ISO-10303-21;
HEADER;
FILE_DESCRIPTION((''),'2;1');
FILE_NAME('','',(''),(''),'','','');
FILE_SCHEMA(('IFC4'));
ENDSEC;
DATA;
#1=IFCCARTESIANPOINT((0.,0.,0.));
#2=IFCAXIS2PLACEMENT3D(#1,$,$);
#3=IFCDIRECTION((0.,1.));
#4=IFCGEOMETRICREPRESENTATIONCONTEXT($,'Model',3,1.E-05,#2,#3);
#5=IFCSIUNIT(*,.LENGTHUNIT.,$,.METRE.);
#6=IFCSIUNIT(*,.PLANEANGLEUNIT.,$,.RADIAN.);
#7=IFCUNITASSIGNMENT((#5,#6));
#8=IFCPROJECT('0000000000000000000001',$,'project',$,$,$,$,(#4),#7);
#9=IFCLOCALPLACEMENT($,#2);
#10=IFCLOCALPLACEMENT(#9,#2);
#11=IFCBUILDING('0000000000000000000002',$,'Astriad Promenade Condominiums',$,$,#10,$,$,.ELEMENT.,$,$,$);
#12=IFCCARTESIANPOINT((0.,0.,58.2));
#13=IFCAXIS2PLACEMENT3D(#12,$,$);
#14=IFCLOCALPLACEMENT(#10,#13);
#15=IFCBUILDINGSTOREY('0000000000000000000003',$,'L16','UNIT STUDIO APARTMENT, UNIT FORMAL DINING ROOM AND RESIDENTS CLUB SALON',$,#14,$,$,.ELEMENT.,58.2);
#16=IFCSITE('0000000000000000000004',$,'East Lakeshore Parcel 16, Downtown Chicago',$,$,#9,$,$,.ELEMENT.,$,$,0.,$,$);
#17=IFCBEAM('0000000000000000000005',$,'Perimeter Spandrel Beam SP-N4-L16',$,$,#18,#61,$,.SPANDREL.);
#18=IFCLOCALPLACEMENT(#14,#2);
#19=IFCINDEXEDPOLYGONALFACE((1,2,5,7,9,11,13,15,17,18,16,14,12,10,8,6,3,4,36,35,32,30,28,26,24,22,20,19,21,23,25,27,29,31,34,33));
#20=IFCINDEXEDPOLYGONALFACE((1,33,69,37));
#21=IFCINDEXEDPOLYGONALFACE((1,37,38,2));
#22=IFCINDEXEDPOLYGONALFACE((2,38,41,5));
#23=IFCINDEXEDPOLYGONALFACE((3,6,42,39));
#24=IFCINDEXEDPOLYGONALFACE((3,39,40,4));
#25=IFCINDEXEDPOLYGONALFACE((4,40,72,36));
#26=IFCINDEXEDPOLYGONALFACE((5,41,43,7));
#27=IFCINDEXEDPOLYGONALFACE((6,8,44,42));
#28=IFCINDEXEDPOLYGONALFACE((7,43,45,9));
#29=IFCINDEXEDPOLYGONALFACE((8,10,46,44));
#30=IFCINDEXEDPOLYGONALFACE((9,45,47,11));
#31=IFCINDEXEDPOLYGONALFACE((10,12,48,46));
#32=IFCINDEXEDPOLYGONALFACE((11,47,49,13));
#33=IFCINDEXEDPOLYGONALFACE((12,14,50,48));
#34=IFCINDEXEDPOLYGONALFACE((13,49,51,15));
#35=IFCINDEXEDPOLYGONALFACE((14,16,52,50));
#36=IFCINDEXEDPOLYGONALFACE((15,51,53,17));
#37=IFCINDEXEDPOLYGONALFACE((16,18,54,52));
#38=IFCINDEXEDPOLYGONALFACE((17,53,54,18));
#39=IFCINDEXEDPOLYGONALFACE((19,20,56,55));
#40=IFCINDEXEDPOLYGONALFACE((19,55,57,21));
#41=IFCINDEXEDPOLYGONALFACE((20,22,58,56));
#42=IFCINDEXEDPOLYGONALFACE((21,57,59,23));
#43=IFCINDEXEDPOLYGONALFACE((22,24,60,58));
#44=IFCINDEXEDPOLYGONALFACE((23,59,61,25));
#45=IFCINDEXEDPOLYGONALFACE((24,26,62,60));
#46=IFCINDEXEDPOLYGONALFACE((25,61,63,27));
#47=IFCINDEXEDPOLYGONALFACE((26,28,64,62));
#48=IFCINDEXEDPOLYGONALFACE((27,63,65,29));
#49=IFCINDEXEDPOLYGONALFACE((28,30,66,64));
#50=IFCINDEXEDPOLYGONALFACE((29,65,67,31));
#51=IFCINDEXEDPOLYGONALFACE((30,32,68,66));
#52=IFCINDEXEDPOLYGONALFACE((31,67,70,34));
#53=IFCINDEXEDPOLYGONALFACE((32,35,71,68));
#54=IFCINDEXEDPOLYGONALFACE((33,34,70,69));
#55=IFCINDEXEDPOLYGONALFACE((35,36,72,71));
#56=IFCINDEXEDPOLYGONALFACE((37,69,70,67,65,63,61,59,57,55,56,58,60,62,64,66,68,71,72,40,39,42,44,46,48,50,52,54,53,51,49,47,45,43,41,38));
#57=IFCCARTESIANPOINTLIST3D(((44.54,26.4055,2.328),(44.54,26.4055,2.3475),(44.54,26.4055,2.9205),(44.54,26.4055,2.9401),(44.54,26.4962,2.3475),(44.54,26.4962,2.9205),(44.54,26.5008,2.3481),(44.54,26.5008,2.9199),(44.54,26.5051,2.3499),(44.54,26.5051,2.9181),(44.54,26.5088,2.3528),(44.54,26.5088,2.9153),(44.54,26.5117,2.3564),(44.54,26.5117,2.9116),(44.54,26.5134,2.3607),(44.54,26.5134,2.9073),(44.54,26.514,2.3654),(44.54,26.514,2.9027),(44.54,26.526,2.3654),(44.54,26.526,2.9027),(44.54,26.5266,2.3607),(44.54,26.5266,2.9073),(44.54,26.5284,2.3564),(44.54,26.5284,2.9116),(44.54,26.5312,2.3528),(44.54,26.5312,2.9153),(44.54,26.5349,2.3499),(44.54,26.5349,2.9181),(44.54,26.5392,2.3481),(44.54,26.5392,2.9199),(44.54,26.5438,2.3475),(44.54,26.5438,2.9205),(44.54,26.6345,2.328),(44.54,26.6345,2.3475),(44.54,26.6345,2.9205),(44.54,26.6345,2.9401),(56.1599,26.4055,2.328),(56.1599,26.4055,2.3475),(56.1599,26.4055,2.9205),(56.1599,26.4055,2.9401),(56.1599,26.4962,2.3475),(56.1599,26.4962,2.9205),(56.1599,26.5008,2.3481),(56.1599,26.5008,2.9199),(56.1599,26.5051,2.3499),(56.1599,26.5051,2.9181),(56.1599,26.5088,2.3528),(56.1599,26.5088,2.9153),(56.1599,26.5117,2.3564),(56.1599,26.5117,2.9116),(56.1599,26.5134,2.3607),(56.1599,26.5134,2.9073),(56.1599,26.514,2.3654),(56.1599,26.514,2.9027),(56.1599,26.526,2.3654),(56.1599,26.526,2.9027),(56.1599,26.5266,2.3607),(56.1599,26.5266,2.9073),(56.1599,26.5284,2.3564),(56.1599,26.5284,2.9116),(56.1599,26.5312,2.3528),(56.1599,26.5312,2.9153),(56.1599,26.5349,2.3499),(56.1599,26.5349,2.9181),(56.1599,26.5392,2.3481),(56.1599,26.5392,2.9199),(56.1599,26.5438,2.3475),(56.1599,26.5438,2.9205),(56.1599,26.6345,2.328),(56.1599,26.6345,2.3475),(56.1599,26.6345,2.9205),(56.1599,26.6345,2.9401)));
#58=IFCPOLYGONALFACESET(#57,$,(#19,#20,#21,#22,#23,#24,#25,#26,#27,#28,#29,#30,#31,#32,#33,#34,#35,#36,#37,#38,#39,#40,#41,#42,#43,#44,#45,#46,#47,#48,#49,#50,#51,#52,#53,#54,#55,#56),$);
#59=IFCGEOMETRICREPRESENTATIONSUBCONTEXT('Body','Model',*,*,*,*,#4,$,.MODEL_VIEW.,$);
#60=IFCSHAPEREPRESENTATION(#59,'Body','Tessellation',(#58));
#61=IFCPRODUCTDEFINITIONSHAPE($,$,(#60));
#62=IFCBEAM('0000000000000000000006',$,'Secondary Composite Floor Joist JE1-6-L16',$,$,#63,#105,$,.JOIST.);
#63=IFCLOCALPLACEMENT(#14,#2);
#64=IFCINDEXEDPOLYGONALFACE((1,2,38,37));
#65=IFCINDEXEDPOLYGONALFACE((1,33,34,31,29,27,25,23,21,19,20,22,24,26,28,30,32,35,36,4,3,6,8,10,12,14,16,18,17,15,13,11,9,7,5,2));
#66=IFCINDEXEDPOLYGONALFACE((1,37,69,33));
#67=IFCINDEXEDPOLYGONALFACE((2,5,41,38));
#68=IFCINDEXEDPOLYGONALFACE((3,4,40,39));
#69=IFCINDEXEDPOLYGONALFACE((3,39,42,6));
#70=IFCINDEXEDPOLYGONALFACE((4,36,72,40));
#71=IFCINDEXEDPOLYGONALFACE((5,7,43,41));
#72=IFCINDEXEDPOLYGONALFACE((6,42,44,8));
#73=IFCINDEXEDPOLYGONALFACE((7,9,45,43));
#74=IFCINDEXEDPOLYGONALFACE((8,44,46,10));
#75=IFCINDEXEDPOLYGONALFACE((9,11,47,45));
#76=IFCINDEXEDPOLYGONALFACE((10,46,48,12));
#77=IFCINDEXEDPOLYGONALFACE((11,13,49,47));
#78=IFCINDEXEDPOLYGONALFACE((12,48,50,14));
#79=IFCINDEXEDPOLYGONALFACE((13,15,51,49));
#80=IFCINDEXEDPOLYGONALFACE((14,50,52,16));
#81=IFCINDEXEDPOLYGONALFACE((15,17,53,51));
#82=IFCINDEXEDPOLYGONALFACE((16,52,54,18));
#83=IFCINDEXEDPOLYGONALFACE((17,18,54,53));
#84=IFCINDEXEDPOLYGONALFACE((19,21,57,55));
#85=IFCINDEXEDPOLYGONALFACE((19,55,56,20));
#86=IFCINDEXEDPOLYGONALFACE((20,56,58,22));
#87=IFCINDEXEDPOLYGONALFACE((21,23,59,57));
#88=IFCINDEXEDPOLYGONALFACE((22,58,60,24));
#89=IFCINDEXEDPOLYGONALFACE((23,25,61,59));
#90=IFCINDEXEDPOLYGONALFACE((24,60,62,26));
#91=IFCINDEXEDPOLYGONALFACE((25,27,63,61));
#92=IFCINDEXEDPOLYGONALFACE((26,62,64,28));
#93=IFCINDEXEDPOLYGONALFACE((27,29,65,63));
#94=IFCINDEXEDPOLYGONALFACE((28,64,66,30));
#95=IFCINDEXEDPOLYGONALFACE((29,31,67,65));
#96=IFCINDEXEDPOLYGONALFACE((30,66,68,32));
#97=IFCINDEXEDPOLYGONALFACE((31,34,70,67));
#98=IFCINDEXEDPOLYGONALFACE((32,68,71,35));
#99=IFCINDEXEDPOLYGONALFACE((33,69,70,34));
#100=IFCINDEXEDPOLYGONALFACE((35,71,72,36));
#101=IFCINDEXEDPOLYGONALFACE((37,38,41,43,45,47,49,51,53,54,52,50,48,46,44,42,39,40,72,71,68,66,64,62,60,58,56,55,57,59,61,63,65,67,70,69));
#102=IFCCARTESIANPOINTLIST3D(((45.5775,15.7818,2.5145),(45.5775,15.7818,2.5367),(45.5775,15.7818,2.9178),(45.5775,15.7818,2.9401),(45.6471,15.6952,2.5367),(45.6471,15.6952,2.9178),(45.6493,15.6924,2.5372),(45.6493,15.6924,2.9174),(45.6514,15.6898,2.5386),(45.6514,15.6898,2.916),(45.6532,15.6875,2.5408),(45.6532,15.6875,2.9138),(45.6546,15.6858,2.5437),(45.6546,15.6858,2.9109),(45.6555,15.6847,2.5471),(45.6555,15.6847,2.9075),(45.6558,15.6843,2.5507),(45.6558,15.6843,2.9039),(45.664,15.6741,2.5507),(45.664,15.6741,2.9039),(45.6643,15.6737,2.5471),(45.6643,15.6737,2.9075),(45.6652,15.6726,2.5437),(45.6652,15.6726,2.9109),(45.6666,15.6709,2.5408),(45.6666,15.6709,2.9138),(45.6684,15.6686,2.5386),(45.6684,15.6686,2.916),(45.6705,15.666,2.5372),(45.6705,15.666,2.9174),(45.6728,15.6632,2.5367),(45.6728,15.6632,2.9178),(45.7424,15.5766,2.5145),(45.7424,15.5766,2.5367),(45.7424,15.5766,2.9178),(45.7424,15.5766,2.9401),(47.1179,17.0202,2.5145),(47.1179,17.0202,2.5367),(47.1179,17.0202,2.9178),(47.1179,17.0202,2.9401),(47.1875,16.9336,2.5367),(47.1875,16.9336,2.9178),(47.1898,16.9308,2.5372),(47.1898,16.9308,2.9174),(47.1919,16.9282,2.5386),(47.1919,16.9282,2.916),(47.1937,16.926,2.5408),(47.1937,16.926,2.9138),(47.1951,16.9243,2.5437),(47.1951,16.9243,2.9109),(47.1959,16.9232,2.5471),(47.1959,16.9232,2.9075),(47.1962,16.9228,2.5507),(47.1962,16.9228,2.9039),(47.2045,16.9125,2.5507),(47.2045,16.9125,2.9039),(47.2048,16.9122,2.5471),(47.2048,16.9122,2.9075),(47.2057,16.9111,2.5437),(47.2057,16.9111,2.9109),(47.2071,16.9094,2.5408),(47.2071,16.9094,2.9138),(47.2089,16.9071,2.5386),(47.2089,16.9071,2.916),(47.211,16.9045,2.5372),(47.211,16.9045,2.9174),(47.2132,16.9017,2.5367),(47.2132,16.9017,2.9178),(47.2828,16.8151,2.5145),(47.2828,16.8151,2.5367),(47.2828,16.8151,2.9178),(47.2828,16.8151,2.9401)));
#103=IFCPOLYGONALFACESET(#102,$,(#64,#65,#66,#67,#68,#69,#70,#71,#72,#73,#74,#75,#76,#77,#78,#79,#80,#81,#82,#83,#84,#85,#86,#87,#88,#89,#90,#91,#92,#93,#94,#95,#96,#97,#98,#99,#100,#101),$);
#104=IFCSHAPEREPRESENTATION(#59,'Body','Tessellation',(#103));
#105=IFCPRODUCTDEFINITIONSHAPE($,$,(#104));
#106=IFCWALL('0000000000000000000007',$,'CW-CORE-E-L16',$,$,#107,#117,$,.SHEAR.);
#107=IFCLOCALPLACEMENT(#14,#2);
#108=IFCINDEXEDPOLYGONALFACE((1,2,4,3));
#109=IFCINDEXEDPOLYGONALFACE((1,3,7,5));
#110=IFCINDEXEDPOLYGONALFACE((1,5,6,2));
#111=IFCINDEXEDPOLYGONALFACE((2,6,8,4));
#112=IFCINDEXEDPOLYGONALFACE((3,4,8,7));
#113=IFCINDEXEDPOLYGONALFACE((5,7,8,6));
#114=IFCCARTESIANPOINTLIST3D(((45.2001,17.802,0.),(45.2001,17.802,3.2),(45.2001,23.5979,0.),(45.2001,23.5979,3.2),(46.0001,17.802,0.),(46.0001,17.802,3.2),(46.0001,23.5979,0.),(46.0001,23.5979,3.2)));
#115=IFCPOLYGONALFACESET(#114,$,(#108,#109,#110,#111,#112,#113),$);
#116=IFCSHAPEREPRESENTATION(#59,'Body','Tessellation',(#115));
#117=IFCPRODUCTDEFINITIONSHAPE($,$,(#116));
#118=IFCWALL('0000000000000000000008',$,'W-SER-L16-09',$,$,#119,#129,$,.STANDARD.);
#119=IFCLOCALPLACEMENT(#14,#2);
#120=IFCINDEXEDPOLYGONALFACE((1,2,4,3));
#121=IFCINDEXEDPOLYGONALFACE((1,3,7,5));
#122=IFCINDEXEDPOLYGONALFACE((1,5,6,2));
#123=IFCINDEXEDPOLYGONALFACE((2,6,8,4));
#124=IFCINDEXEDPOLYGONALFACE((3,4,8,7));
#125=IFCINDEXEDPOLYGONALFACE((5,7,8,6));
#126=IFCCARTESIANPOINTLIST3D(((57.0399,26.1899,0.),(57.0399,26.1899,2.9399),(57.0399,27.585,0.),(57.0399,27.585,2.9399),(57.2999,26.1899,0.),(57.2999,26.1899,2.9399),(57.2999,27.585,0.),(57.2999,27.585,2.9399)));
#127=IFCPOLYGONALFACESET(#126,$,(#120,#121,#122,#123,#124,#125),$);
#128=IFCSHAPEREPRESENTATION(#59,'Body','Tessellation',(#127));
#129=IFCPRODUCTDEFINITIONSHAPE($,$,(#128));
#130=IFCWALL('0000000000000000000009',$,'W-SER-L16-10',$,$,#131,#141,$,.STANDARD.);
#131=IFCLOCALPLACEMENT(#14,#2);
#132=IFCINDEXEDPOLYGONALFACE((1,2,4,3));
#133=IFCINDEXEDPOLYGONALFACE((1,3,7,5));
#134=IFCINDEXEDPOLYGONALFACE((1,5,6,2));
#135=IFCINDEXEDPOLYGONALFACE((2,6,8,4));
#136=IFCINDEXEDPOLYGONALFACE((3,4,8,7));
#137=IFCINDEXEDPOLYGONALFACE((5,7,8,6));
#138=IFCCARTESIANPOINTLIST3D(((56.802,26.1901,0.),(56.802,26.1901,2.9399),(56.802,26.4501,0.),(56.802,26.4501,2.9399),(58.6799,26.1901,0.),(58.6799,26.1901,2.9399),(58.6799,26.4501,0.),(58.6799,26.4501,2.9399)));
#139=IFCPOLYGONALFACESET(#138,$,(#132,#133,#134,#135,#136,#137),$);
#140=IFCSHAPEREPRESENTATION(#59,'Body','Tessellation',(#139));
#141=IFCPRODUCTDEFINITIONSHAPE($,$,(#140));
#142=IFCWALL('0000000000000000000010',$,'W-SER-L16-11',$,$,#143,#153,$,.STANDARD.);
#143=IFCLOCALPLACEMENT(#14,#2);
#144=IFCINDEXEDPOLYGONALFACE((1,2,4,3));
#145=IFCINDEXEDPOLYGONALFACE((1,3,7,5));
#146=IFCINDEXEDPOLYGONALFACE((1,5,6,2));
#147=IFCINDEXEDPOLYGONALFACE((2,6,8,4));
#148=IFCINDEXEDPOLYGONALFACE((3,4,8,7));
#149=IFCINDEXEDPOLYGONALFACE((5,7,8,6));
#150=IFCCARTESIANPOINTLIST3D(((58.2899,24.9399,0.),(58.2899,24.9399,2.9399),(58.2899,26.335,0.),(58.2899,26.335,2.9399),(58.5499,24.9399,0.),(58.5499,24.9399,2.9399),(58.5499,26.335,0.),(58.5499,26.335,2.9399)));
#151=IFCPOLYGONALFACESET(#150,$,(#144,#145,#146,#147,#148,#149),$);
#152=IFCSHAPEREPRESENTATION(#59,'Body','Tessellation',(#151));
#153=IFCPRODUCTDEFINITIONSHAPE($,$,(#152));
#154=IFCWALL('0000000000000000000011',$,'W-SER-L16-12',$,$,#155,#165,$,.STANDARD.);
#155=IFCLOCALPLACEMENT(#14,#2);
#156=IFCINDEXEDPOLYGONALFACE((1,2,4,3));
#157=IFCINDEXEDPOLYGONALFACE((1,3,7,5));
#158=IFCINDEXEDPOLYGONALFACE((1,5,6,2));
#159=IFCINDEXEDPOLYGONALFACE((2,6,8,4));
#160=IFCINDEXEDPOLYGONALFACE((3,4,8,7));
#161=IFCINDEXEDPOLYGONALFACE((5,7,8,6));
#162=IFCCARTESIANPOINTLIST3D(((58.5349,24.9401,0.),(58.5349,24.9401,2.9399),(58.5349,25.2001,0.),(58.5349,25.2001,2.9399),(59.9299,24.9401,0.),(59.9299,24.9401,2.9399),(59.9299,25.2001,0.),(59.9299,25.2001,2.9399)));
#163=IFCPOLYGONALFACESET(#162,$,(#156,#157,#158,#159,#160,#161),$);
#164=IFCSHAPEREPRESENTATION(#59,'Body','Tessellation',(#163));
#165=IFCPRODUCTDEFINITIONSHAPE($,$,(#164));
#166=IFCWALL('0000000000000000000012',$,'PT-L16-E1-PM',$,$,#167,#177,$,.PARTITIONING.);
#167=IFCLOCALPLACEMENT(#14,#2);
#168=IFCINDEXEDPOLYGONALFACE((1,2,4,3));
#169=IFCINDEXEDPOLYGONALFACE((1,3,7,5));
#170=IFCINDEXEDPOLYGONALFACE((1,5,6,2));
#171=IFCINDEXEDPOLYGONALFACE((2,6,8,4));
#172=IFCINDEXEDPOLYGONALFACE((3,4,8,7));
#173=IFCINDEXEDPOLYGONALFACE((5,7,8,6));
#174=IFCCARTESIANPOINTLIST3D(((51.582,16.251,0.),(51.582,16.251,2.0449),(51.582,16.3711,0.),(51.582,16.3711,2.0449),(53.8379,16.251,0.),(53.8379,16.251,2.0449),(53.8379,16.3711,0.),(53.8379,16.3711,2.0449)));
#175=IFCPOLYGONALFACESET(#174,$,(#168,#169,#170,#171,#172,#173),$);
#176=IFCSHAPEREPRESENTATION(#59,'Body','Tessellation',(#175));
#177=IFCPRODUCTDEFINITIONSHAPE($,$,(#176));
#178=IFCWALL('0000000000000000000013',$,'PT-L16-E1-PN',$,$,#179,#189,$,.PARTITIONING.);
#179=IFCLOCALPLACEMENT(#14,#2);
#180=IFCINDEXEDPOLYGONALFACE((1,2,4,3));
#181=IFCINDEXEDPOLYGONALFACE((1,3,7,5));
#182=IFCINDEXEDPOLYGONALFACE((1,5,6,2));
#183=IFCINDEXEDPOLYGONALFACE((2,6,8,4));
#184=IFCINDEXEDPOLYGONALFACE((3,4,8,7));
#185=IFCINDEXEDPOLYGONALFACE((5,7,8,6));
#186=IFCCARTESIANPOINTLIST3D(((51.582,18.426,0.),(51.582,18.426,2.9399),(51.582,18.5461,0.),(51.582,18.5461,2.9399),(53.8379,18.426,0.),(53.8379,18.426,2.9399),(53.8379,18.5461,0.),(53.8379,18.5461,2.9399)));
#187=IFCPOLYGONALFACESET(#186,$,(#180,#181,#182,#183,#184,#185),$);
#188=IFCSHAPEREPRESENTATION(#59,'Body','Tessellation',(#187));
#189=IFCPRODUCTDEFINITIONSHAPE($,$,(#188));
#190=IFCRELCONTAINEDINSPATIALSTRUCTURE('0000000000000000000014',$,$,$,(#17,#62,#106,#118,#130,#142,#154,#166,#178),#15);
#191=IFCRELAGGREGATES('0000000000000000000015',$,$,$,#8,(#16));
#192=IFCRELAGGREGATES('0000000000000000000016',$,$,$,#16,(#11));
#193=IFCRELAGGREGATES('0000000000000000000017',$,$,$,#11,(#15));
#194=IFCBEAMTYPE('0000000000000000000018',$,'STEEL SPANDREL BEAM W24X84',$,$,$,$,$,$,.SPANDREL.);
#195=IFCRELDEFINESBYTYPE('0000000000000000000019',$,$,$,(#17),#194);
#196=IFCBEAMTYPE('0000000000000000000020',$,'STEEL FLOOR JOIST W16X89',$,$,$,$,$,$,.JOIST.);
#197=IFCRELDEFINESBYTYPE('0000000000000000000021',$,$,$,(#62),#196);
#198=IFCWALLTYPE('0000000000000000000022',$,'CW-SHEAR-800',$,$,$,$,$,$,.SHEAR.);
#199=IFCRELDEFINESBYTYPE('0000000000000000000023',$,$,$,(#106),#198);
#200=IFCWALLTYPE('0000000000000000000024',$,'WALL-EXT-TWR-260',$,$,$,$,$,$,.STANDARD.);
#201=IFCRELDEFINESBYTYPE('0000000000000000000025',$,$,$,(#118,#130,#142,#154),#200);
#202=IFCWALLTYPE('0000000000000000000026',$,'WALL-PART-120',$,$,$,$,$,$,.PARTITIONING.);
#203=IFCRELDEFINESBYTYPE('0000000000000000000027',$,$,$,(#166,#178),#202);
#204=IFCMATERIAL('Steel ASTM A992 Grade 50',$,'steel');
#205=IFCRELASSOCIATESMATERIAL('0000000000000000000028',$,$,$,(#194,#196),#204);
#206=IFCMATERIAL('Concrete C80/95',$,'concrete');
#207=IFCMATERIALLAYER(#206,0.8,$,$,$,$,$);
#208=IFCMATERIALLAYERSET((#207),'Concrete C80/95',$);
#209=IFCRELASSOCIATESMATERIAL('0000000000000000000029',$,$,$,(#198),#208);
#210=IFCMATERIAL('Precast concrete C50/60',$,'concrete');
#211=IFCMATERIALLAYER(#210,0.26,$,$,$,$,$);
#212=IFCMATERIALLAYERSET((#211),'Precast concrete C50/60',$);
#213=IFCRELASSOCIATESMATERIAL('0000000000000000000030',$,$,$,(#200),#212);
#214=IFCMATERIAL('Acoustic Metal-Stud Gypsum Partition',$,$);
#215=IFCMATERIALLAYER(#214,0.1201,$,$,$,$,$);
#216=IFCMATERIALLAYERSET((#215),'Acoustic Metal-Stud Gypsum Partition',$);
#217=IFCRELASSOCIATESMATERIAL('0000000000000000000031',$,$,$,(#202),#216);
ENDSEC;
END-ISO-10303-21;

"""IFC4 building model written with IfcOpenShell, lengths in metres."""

from ifc_helpers import new_model, si_unit, direction, frame, frame_2d, origin, origin_2d, place, context, subcontext, project, spatial, rectangle, i_section, extrude, source, transform, mapped, material, layer, layer_set, material_profile, profile_set, type_object, type_shapes, element, save


model = new_model("IFC4")

# Units and contexts
model_context = context("Model", 3, precision=1e-05, world=origin(), true_north=direction((0.0, 1.0)))
body_context = subcontext(model_context, "Body", "Model", "MODEL_VIEW")
ifc_project = project(units=[si_unit("LENGTHUNIT", "METRE"), si_unit("PLANEANGLEUNIT", "RADIAN")], contexts=[model_context])

# Site, building, storey
site_placement = place(None, origin())
site = spatial("IfcSite", under=ifc_project, at=site_placement, Name="East Lakeshore Parcel 16, Downtown Chicago", CompositionType="ELEMENT", RefElevation=0.0)
building_placement = place(site_placement, origin())
building = spatial("IfcBuilding", under=site, at=building_placement, Name="Astriad Promenade Condominiums", CompositionType="ELEMENT")
storey_placement = place(building_placement, frame((0.0, 0.0, 58.2)))
storey = spatial("IfcBuildingStorey", under=building, at=storey_placement, Name="L16", Description="UNIT STUDIO APARTMENT, UNIT FORMAL DINING ROOM AND RESIDENTS CLUB SALON", CompositionType="ELEMENT", Elevation=58.2)

# Shared definitions
ifc_material_1 = material(Name="Steel ASTM A992 Grade 50", Category="steel")
ifc_material_2 = material(Name="Concrete C80/95", Category="concrete")

# Beams
ifc_material_profile_1 = material_profile(ifc_material_1, i_section(OverallWidth=0.229, OverallDepth=0.6121, WebThickness=0.012, FlangeThickness=0.0195, FilletRadius=0.0178, at=origin_2d()), Name="W24X84")
ifc_profile_set_1 = profile_set([ifc_material_profile_1], Name="Steel ASTM A992 Grade 50")
beam_type_1 = type_object("IfcBeamType", Name="STEEL SPANDREL BEAM W24X84", PredefinedType="SPANDREL", material=ifc_profile_set_1)
shared_shape_1 = source(origin(), body_context, "Body", "SweptSolid", [
    extrude(i_section(OverallWidth=0.229, OverallDepth=0.6121, WebThickness=0.012, FlangeThickness=0.0195, FilletRadius=0.0178, at=origin_2d()), origin(), (0.0, 0.0, 1.0), 11.6199),
])
type_shapes(beam_type_1, [shared_shape_1])
beam_1_placement = place(storey_placement, frame((56.1599, 26.52, 2.634), z_axis=(-1.0, 0.0, 0.0), x_axis=(0.0, -1.0, 0.0)))
element("IfcBeam", 1, at=beam_1_placement, inside=storey, type_object=beam_type_1, Name="Perimeter Spandrel Beam SP-N4-L16", PredefinedType="SPANDREL", context=body_context, shape_type="MappedRepresentation", body=[
    mapped(shared_shape_1, transform((0.0, 0.0, 0.0), scale=1.0)),
])
ifc_material_profile_2 = material_profile(ifc_material_1, i_section(OverallWidth=0.2632, OverallDepth=0.4255, WebThickness=0.0132, FlangeThickness=0.0222, FilletRadius=0.0139, at=origin_2d()), Name="W16X89")
ifc_profile_set_2 = profile_set([ifc_material_profile_2], Name="Steel ASTM A992 Grade 50")
beam_type_2 = type_object("IfcBeamType", Name="STEEL FLOOR JOIST W16X89", PredefinedType="JOIST", material=ifc_profile_set_2)
shared_shape_2 = source(origin(), body_context, "Body", "SweptSolid", [
    extrude(i_section(OverallWidth=0.2632, OverallDepth=0.4255, WebThickness=0.0132, FlangeThickness=0.0222, FilletRadius=0.0139, at=origin_2d()), origin(), (0.0, 0.0, 1.0), 1.9766),
])
type_shapes(beam_type_2, [shared_shape_2])
beam_2_placement = place(storey_placement, frame((45.6599, 15.6792, 2.7273), z_axis=(0.77936, 0.626576, 0.0), x_axis=(-0.626576, 0.77936, 0.0)))
element("IfcBeam", 2, at=beam_2_placement, inside=storey, type_object=beam_type_2, Name="Secondary Composite Floor Joist JE1-6-L16", PredefinedType="JOIST", context=body_context, shape_type="MappedRepresentation", body=[
    mapped(shared_shape_2, transform((0.0, 0.0, 0.0), scale=1.0)),
])

# Walls
ifc_layer_1 = layer(ifc_material_2, 0.8)
ifc_layer_set_1 = layer_set([ifc_layer_1], Name="Concrete C80/95")
wall_type_1 = type_object("IfcWallType", Name="CW-SHEAR-800", PredefinedType="SHEAR", material=ifc_layer_set_1)
wall_1_placement = place(storey_placement, frame((45.6001, 17.802, 0.0), z_axis=(0.0, 0.0, 1.0), x_axis=(0.0, 1.0, 0.0)))
element("IfcWall", 3, at=wall_1_placement, inside=storey, type_object=wall_type_1, Name="CW-CORE-E-L16", PredefinedType="SHEAR", context=body_context, shape_type="SweptSolid", body=[
    extrude(rectangle(XDim=5.7959, YDim=0.8, at=frame_2d((2.8979, 0.0))), origin(), (0.0, 0.0, 1.0), 3.2),
])
ifc_material_3 = material(Name="Precast concrete C50/60", Category="concrete")
ifc_layer_2 = layer(ifc_material_3, 0.26)
ifc_layer_set_2 = layer_set([ifc_layer_2], Name="Precast concrete C50/60")
wall_type_2 = type_object("IfcWallType", Name="WALL-EXT-TWR-260", PredefinedType="STANDARD", material=ifc_layer_set_2)
wall_2_placement = place(storey_placement, frame((57.1699, 27.585, 0.0), z_axis=(0.0, 0.0, 1.0), x_axis=(0.0, -1.0, 0.0)))
element("IfcWall", 4, at=wall_2_placement, inside=storey, type_object=wall_type_2, Name="W-SER-L16-09", PredefinedType="STANDARD", context=body_context, shape_type="SweptSolid", body=[
    extrude(rectangle(XDim=1.395, YDim=0.26, at=frame_2d((0.6975, 0.0))), origin(), (0.0, 0.0, 1.0), 2.9399),
])
wall_3_placement = place(storey_placement, frame((56.802, 26.3201, 0.0), z_axis=(0.0, 0.0, 1.0), x_axis=(1.0, 0.0, 0.0)))
element("IfcWall", 5, at=wall_3_placement, inside=storey, type_object=wall_type_2, Name="W-SER-L16-10", PredefinedType="STANDARD", context=body_context, shape_type="SweptSolid", body=[
    extrude(rectangle(XDim=1.8779, YDim=0.26, at=frame_2d((0.939, 0.0))), origin(), (0.0, 0.0, 1.0), 2.9399),
])
for number, where, z_axis, x_axis, name in (
    (6, (58.4199, 26.335, 0.0), (0.0, 0.0, 1.0), (0.0, -1.0, 0.0), "W-SER-L16-11"),
    (7, (58.5349, 25.0701, 0.0), (0.0, 0.0, 1.0), (1.0, 0.0, 0.0), "W-SER-L16-12"),
):
    element("IfcWall", number, at=place(storey_placement, frame(where, z_axis=z_axis, x_axis=x_axis)), inside=storey, type_object=wall_type_2, Name=name, PredefinedType="STANDARD", context=body_context, shape_type="SweptSolid", body=[
        extrude(rectangle(XDim=1.395, YDim=0.26, at=frame_2d((0.6975, 0.0))), origin(), (0.0, 0.0, 1.0), 2.9399),
    ])
ifc_material_4 = material(Name="Acoustic Metal-Stud Gypsum Partition")
ifc_layer_3 = layer(ifc_material_4, 0.1201)
ifc_layer_set_3 = layer_set([ifc_layer_3], Name="Acoustic Metal-Stud Gypsum Partition")
wall_type_3 = type_object("IfcWallType", Name="WALL-PART-120", PredefinedType="PARTITIONING", material=ifc_layer_set_3)
wall_4_placement = place(storey_placement, frame((51.582, 16.311, 0.0), z_axis=(0.0, 0.0, 1.0), x_axis=(1.0, 0.0, 0.0)))
element("IfcWall", 8, at=wall_4_placement, inside=storey, type_object=wall_type_3, Name="PT-L16-E1-PM", PredefinedType="PARTITIONING", context=body_context, shape_type="SweptSolid", body=[
    extrude(rectangle(XDim=2.2559, YDim=0.1201, at=frame_2d((1.1279, 0.0))), origin(), (0.0, 0.0, 1.0), 2.0449),
])
wall_5_placement = place(storey_placement, frame((51.582, 18.4861, 0.0), z_axis=(0.0, 0.0, 1.0), x_axis=(1.0, 0.0, 0.0)))
element("IfcWall", 9, at=wall_5_placement, inside=storey, type_object=wall_type_3, Name="PT-L16-E1-PN", PredefinedType="PARTITIONING", context=body_context, shape_type="SweptSolid", body=[
    extrude(rectangle(XDim=2.2559, YDim=0.1201, at=frame_2d((1.1279, 0.0))), origin(), (0.0, 0.0, 1.0), 2.9399),
])

save(model, "model.ifc")
